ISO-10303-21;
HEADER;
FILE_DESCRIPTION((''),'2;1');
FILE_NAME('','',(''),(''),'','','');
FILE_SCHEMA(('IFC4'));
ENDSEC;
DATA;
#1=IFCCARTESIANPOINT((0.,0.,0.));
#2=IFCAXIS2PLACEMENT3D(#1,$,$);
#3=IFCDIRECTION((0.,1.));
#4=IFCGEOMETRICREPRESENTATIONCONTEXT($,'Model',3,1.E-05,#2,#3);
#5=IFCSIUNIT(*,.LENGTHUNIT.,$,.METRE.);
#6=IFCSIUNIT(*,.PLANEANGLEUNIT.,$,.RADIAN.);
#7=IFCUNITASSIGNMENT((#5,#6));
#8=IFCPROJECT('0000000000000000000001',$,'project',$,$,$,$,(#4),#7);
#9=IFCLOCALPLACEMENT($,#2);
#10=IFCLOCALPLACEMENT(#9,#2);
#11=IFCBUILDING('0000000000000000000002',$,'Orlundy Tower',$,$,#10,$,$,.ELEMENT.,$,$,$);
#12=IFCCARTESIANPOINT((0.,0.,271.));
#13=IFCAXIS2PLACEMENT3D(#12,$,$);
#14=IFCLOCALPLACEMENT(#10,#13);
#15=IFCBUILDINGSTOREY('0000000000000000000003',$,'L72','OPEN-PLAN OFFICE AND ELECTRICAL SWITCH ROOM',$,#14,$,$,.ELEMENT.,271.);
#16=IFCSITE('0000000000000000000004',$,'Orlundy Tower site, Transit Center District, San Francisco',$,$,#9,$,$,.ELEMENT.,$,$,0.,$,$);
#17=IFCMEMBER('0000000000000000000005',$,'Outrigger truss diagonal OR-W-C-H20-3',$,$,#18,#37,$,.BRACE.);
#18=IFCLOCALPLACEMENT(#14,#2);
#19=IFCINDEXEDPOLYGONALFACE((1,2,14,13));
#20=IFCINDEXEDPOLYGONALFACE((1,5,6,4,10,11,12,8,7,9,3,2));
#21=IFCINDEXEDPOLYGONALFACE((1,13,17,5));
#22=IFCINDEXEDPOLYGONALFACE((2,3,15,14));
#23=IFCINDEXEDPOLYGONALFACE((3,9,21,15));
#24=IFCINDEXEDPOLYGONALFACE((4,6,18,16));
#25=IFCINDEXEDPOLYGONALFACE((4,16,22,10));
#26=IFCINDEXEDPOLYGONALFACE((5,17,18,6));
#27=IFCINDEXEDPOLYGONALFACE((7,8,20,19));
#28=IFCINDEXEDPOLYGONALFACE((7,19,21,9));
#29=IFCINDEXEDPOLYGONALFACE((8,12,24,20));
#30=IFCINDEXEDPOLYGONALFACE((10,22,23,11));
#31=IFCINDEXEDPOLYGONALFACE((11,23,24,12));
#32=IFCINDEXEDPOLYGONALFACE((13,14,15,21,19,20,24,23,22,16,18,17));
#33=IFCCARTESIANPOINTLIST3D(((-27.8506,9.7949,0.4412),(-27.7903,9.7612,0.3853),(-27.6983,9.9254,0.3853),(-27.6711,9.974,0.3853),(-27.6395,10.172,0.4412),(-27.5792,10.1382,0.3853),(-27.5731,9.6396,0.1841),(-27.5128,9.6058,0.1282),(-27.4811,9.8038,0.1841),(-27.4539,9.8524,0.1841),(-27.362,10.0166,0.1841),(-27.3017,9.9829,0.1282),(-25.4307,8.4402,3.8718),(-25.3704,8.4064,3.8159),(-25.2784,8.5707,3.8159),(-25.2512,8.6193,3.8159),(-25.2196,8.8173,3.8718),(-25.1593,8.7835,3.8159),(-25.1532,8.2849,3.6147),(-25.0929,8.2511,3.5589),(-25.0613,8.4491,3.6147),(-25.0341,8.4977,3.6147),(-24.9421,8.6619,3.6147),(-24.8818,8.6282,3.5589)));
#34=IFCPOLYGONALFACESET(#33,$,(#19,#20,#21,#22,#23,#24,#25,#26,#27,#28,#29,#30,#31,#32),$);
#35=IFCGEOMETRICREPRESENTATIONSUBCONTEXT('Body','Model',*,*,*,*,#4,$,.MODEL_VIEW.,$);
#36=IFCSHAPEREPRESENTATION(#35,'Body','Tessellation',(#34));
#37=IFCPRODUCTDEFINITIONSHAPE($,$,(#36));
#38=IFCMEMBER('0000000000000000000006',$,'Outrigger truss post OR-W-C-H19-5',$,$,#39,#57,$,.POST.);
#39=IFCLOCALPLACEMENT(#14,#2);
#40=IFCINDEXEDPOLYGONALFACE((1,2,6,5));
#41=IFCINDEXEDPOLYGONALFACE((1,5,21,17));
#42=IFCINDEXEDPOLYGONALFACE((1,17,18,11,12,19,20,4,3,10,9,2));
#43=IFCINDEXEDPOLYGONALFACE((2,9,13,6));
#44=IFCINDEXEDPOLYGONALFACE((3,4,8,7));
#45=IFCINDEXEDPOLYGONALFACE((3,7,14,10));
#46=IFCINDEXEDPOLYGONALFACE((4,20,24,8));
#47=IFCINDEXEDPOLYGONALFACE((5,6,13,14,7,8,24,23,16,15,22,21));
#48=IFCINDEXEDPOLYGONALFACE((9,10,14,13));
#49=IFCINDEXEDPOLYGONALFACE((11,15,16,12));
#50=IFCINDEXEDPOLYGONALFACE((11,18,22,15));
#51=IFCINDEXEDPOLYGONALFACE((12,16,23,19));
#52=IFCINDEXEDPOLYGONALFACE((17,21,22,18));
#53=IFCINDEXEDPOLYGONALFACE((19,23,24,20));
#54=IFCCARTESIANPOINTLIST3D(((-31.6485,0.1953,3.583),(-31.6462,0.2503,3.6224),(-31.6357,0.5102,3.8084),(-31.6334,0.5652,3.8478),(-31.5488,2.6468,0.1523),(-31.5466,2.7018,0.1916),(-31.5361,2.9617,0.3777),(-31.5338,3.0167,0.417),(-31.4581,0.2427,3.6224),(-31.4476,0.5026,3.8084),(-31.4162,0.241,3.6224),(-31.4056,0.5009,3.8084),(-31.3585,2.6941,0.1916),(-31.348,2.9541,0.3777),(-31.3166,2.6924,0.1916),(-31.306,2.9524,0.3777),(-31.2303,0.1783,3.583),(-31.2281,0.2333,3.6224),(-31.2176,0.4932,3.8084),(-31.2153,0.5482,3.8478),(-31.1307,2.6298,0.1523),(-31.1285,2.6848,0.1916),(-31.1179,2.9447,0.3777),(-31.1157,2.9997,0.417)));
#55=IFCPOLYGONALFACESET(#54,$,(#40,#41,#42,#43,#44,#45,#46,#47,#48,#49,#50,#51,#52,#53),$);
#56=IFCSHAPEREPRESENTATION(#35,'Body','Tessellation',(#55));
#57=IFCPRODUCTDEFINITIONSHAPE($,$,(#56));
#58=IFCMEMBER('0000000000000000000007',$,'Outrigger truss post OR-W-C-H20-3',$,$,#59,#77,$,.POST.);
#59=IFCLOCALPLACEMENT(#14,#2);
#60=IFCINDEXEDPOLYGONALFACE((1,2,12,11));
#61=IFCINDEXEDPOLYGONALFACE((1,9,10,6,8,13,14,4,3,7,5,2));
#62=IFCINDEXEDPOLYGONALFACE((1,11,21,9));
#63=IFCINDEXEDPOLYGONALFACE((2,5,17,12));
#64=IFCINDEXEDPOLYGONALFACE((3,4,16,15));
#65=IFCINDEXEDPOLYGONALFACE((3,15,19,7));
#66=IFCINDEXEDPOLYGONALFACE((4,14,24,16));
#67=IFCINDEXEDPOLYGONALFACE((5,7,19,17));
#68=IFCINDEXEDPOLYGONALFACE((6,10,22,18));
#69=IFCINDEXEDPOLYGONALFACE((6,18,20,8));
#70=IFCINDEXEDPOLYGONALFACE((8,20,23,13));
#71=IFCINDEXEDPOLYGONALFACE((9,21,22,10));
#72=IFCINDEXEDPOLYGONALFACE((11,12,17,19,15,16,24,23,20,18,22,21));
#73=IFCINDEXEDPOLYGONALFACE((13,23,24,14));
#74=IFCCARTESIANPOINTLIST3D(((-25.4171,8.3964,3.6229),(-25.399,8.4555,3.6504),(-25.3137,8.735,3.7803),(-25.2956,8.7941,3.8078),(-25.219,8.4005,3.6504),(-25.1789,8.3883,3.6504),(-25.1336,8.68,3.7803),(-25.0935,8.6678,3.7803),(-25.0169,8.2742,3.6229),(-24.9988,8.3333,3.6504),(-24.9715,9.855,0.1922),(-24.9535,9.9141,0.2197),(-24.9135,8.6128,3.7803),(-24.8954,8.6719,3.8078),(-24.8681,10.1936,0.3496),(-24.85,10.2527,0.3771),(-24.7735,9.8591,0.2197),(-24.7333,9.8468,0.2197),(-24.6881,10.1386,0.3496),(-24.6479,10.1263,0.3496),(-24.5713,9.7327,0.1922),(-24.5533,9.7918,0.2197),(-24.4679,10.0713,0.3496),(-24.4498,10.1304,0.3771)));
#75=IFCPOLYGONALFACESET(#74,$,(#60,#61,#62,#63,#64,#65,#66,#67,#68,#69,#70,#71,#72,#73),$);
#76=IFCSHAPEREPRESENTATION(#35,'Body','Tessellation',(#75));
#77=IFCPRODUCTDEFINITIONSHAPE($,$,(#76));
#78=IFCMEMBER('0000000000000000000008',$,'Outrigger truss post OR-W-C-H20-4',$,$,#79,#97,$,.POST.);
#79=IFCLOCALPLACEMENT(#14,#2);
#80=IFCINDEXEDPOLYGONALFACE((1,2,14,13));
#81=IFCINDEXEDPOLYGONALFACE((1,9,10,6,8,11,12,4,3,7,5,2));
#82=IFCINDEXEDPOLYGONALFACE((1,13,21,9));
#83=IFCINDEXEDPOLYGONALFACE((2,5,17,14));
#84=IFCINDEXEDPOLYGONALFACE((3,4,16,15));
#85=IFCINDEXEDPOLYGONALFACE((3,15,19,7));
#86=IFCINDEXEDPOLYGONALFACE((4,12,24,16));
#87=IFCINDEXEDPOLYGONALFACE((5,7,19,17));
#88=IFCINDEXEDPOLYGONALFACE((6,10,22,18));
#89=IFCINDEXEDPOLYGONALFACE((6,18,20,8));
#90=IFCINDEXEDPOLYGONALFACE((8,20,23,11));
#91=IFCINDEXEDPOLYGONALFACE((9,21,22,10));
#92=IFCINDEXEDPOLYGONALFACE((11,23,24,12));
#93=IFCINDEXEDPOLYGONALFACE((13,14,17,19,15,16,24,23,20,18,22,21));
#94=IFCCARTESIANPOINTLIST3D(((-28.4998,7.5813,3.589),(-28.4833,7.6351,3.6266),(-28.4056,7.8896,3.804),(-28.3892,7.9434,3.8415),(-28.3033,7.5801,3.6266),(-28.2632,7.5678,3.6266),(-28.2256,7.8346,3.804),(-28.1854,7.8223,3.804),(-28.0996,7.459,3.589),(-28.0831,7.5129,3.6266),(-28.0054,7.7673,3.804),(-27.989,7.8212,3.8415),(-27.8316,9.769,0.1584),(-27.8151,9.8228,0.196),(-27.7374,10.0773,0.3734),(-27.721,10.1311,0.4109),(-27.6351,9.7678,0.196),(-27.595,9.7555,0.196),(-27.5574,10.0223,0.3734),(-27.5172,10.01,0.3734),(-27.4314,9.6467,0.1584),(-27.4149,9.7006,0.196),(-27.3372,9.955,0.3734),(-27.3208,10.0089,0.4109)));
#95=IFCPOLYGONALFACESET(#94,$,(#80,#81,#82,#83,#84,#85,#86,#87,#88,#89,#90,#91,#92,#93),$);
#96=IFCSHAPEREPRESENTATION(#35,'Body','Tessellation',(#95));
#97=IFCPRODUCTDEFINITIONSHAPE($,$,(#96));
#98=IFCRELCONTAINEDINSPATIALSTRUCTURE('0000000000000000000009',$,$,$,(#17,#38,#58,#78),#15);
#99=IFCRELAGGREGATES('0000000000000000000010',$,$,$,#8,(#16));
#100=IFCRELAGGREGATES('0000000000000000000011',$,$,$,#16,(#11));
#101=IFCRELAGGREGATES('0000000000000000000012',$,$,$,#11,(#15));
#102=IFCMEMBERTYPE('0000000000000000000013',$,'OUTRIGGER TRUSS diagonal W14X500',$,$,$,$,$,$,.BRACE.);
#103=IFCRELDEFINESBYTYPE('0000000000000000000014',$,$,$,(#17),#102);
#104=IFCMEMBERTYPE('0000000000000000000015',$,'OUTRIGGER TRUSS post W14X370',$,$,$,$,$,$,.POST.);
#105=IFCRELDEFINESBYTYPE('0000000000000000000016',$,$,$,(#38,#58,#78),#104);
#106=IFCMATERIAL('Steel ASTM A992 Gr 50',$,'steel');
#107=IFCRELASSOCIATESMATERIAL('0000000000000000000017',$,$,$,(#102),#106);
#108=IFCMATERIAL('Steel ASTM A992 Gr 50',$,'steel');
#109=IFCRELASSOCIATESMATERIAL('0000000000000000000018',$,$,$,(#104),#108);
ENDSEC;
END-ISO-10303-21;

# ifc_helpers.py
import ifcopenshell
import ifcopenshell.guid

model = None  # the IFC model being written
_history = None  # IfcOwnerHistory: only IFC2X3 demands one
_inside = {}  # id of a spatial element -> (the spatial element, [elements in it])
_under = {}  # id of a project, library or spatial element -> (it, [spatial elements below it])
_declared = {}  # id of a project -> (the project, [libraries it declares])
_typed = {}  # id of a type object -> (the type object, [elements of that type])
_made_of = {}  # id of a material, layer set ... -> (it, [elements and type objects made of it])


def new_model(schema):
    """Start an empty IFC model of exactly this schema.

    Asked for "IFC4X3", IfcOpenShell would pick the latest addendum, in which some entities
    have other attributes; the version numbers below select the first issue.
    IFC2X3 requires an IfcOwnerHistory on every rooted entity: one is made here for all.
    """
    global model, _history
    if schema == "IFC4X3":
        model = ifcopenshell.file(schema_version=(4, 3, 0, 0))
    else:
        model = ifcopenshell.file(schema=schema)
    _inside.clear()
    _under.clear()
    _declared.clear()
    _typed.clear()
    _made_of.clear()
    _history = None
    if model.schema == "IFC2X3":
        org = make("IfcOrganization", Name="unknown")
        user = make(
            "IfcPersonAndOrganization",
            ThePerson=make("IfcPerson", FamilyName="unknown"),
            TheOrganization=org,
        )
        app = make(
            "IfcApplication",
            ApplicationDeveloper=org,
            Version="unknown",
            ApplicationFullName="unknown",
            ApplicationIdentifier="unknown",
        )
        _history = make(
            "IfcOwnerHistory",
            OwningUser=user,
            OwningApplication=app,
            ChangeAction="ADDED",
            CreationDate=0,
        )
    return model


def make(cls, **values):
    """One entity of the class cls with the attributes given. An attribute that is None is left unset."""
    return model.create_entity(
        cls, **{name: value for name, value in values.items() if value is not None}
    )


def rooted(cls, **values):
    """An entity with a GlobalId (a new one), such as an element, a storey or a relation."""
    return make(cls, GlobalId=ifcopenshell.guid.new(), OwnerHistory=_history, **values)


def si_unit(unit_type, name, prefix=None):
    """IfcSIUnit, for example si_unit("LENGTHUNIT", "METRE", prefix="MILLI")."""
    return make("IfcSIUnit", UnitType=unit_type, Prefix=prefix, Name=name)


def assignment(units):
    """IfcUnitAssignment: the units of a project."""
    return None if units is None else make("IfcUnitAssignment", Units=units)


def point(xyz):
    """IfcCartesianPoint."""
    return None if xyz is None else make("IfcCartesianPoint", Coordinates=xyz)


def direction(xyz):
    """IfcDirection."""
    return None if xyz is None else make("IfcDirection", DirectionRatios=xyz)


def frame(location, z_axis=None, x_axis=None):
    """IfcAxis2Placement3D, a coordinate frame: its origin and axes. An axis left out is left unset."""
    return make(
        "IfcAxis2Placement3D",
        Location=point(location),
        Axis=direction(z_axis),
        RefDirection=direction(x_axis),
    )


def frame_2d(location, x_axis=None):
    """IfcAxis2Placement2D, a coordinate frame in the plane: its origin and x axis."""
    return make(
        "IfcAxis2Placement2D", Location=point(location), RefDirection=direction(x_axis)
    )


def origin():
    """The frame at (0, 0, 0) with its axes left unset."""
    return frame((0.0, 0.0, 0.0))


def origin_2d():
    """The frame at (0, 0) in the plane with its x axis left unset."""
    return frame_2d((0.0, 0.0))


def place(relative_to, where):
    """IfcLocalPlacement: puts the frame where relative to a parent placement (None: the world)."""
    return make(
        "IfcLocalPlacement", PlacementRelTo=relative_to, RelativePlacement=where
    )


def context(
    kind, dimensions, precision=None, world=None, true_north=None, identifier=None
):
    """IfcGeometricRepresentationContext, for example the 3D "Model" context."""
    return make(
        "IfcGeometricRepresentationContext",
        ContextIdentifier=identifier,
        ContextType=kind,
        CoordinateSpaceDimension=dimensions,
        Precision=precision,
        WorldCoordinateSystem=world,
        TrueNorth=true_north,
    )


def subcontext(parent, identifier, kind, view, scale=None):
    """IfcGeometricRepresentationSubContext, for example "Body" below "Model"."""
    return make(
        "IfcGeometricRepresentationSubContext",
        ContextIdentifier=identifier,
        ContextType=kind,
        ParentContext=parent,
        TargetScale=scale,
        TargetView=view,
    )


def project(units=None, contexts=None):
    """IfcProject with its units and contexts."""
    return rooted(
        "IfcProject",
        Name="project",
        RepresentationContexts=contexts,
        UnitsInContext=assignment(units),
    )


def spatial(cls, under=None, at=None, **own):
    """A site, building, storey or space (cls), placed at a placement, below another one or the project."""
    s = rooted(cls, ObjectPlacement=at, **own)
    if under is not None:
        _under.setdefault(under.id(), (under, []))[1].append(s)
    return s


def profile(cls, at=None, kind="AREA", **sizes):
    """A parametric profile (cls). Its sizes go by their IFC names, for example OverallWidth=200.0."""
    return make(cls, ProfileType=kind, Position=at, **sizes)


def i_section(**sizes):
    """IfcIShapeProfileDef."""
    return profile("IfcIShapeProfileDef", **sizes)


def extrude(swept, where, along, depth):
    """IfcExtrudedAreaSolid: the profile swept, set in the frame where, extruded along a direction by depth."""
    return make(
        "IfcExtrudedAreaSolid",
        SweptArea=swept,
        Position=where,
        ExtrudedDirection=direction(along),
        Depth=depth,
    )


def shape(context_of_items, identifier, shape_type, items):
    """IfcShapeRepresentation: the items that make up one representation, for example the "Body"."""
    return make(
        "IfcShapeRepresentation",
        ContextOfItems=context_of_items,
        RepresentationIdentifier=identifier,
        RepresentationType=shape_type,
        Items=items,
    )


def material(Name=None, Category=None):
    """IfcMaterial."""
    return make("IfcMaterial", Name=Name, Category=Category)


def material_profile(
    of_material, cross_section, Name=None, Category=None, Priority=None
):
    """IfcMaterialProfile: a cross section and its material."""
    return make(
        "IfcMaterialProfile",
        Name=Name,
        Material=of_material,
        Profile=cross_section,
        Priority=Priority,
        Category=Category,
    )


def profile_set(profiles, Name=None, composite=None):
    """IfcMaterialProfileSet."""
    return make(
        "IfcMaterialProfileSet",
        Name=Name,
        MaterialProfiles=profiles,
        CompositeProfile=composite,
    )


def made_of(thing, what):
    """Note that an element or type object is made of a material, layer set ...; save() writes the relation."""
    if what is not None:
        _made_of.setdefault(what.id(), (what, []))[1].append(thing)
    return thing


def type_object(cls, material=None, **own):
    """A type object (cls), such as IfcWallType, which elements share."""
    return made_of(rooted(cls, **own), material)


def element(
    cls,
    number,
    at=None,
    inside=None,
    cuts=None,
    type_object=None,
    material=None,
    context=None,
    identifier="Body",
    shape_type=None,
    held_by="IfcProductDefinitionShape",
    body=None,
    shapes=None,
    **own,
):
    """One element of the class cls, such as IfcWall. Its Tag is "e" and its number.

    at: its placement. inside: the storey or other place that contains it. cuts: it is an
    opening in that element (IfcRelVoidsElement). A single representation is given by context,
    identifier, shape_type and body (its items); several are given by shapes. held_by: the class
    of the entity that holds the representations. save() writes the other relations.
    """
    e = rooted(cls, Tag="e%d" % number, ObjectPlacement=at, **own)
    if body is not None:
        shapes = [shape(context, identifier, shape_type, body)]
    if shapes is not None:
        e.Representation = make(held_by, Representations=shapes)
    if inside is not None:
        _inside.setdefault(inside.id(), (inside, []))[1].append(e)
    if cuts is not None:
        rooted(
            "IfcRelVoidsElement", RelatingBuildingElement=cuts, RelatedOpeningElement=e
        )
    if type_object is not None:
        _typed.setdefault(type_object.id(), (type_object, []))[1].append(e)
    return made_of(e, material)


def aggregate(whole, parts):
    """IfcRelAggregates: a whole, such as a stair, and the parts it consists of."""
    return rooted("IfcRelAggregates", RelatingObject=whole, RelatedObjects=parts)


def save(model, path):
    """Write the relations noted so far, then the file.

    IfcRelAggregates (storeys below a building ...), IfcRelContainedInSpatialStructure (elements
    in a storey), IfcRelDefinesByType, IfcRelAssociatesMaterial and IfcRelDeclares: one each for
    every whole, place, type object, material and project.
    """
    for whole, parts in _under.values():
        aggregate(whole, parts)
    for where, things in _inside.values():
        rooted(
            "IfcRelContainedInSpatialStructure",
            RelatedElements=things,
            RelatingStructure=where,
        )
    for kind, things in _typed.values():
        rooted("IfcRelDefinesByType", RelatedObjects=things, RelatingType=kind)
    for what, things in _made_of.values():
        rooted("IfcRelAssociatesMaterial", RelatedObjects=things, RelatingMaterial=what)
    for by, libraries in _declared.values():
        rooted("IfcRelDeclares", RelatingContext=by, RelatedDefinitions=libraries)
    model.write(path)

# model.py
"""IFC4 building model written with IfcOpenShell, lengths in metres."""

from ifc_helpers import new_model, si_unit, direction, frame, origin, origin_2d, place, context, subcontext, project, spatial, i_section, extrude, material, material_profile, profile_set, type_object, element, save


model = new_model("IFC4")

# Units and contexts
model_context = context("Model", 3, precision=1e-05, world=origin(), true_north=direction((0.0, 1.0)))
body_context = subcontext(model_context, "Body", "Model", "MODEL_VIEW")
ifc_project = project(units=[si_unit("LENGTHUNIT", "METRE"), si_unit("PLANEANGLEUNIT", "RADIAN")], contexts=[model_context])

# Site, building, storey
site_placement = place(None, origin())
site = spatial("IfcSite", under=ifc_project, at=site_placement, Name="Orlundy Tower site, Transit Center District, San Francisco", CompositionType="ELEMENT", RefElevation=0.0)
building_placement = place(site_placement, origin())
building = spatial("IfcBuilding", under=site, at=building_placement, Name="Orlundy Tower", CompositionType="ELEMENT")
storey_placement = place(building_placement, frame((0.0, 0.0, 271.0)))
storey = spatial("IfcBuildingStorey", under=building, at=storey_placement, Name="L72", Description="OPEN-PLAN OFFICE AND ELECTRICAL SWITCH ROOM", CompositionType="ELEMENT", Elevation=271.0)

# Members
ifc_material_1 = material(Name="Steel ASTM A992 Gr 50", Category="steel")
ifc_material_profile_1 = material_profile(ifc_material_1, i_section(OverallWidth=0.4321, OverallDepth=0.4978, WebThickness=0.0557, FlangeThickness=0.0889, at=origin_2d()), Name="W14X500")
ifc_profile_set_1 = profile_set([ifc_material_profile_1], Name="Steel ASTM A992 Gr 50")
member_type_1 = type_object("IfcMemberType", Name="OUTRIGGER TRUSS diagonal W14X500", PredefinedType="BRACE", material=ifc_profile_set_1)
member_1_placement = place(storey_placement, frame((-25.1562, 8.5342, 3.7153), z_axis=(-0.548556, 0.307096, -0.777675), x_axis=(-0.488488, -0.872571, 0.0)))
element("IfcMember", 1, at=member_1_placement, inside=storey, type_object=member_type_1, Name="Outrigger truss diagonal OR-W-C-H20-3", PredefinedType="BRACE", context=body_context, shape_type="SweptSolid", body=[
    extrude(i_section(OverallWidth=0.4321, OverallDepth=0.4978, WebThickness=0.0557, FlangeThickness=0.0889, at=origin_2d()), origin(), (0.0, 0.0, 1.0), 4.4114),
])
ifc_material_2 = material(Name="Steel ASTM A992 Gr 50", Category="steel")
ifc_material_profile_2 = material_profile(ifc_material_2, i_section(OverallWidth=0.4185, OverallDepth=0.4551, WebThickness=0.042, FlangeThickness=0.0676, at=origin_2d()), Name="W14X370")
ifc_profile_set_2 = profile_set([ifc_material_profile_2], Name="Steel ASTM A992 Gr 50")
member_type_2 = type_object("IfcMemberType", Name="OUTRIGGER TRUSS post W14X370", PredefinedType="POST", material=ifc_profile_set_2)
member_2_placement = place(storey_placement, frame((-31.3323, 2.8232, 0.2847), z_axis=(-0.023617, -0.581224, 0.813401), x_axis=(0.999175, -0.0406, 0.0)))
element("IfcMember", 2, at=member_2_placement, inside=storey, type_object=member_type_2, Name="Outrigger truss post OR-W-C-H19-5", PredefinedType="POST", context=body_context, shape_type="SweptSolid", body=[
    extrude(i_section(OverallWidth=0.4185, OverallDepth=0.4551, WebThickness=0.042, FlangeThickness=0.0676, at=origin_2d()), origin(), (0.0, 0.0, 1.0), 4.2178),
])
member_3_placement = place(storey_placement, frame((-24.7107, 9.9927, 0.2847), z_axis=(-0.118677, -0.388481, 0.913782), x_axis=(0.956369, -0.292162, 0.0)))
element("IfcMember", 3, at=member_3_placement, inside=storey, type_object=member_type_2, Name="Outrigger truss post OR-W-C-H20-3", PredefinedType="POST", context=body_context, shape_type="SweptSolid", body=[
    extrude(i_section(OverallWidth=0.4185, OverallDepth=0.4551, WebThickness=0.042, FlangeThickness=0.0676, at=origin_2d()), origin(), (0.0, 0.0, 1.0), 3.7544),
])
member_4_placement = place(storey_placement, frame((-27.5762, 9.8889, 0.2847), z_axis=(-0.162055, -0.530572, 0.832005), x_axis=(0.956384, -0.292113, 0.0)))
element("IfcMember", 4, at=member_4_placement, inside=storey, type_object=member_type_2, Name="Outrigger truss post OR-W-C-H20-4", PredefinedType="POST", context=body_context, shape_type="SweptSolid", body=[
    extrude(i_section(OverallWidth=0.4185, OverallDepth=0.4551, WebThickness=0.042, FlangeThickness=0.0676, at=origin_2d()), origin(), (0.0, 0.0, 1.0), 4.1233),
])

save(model, "model.ifc")
